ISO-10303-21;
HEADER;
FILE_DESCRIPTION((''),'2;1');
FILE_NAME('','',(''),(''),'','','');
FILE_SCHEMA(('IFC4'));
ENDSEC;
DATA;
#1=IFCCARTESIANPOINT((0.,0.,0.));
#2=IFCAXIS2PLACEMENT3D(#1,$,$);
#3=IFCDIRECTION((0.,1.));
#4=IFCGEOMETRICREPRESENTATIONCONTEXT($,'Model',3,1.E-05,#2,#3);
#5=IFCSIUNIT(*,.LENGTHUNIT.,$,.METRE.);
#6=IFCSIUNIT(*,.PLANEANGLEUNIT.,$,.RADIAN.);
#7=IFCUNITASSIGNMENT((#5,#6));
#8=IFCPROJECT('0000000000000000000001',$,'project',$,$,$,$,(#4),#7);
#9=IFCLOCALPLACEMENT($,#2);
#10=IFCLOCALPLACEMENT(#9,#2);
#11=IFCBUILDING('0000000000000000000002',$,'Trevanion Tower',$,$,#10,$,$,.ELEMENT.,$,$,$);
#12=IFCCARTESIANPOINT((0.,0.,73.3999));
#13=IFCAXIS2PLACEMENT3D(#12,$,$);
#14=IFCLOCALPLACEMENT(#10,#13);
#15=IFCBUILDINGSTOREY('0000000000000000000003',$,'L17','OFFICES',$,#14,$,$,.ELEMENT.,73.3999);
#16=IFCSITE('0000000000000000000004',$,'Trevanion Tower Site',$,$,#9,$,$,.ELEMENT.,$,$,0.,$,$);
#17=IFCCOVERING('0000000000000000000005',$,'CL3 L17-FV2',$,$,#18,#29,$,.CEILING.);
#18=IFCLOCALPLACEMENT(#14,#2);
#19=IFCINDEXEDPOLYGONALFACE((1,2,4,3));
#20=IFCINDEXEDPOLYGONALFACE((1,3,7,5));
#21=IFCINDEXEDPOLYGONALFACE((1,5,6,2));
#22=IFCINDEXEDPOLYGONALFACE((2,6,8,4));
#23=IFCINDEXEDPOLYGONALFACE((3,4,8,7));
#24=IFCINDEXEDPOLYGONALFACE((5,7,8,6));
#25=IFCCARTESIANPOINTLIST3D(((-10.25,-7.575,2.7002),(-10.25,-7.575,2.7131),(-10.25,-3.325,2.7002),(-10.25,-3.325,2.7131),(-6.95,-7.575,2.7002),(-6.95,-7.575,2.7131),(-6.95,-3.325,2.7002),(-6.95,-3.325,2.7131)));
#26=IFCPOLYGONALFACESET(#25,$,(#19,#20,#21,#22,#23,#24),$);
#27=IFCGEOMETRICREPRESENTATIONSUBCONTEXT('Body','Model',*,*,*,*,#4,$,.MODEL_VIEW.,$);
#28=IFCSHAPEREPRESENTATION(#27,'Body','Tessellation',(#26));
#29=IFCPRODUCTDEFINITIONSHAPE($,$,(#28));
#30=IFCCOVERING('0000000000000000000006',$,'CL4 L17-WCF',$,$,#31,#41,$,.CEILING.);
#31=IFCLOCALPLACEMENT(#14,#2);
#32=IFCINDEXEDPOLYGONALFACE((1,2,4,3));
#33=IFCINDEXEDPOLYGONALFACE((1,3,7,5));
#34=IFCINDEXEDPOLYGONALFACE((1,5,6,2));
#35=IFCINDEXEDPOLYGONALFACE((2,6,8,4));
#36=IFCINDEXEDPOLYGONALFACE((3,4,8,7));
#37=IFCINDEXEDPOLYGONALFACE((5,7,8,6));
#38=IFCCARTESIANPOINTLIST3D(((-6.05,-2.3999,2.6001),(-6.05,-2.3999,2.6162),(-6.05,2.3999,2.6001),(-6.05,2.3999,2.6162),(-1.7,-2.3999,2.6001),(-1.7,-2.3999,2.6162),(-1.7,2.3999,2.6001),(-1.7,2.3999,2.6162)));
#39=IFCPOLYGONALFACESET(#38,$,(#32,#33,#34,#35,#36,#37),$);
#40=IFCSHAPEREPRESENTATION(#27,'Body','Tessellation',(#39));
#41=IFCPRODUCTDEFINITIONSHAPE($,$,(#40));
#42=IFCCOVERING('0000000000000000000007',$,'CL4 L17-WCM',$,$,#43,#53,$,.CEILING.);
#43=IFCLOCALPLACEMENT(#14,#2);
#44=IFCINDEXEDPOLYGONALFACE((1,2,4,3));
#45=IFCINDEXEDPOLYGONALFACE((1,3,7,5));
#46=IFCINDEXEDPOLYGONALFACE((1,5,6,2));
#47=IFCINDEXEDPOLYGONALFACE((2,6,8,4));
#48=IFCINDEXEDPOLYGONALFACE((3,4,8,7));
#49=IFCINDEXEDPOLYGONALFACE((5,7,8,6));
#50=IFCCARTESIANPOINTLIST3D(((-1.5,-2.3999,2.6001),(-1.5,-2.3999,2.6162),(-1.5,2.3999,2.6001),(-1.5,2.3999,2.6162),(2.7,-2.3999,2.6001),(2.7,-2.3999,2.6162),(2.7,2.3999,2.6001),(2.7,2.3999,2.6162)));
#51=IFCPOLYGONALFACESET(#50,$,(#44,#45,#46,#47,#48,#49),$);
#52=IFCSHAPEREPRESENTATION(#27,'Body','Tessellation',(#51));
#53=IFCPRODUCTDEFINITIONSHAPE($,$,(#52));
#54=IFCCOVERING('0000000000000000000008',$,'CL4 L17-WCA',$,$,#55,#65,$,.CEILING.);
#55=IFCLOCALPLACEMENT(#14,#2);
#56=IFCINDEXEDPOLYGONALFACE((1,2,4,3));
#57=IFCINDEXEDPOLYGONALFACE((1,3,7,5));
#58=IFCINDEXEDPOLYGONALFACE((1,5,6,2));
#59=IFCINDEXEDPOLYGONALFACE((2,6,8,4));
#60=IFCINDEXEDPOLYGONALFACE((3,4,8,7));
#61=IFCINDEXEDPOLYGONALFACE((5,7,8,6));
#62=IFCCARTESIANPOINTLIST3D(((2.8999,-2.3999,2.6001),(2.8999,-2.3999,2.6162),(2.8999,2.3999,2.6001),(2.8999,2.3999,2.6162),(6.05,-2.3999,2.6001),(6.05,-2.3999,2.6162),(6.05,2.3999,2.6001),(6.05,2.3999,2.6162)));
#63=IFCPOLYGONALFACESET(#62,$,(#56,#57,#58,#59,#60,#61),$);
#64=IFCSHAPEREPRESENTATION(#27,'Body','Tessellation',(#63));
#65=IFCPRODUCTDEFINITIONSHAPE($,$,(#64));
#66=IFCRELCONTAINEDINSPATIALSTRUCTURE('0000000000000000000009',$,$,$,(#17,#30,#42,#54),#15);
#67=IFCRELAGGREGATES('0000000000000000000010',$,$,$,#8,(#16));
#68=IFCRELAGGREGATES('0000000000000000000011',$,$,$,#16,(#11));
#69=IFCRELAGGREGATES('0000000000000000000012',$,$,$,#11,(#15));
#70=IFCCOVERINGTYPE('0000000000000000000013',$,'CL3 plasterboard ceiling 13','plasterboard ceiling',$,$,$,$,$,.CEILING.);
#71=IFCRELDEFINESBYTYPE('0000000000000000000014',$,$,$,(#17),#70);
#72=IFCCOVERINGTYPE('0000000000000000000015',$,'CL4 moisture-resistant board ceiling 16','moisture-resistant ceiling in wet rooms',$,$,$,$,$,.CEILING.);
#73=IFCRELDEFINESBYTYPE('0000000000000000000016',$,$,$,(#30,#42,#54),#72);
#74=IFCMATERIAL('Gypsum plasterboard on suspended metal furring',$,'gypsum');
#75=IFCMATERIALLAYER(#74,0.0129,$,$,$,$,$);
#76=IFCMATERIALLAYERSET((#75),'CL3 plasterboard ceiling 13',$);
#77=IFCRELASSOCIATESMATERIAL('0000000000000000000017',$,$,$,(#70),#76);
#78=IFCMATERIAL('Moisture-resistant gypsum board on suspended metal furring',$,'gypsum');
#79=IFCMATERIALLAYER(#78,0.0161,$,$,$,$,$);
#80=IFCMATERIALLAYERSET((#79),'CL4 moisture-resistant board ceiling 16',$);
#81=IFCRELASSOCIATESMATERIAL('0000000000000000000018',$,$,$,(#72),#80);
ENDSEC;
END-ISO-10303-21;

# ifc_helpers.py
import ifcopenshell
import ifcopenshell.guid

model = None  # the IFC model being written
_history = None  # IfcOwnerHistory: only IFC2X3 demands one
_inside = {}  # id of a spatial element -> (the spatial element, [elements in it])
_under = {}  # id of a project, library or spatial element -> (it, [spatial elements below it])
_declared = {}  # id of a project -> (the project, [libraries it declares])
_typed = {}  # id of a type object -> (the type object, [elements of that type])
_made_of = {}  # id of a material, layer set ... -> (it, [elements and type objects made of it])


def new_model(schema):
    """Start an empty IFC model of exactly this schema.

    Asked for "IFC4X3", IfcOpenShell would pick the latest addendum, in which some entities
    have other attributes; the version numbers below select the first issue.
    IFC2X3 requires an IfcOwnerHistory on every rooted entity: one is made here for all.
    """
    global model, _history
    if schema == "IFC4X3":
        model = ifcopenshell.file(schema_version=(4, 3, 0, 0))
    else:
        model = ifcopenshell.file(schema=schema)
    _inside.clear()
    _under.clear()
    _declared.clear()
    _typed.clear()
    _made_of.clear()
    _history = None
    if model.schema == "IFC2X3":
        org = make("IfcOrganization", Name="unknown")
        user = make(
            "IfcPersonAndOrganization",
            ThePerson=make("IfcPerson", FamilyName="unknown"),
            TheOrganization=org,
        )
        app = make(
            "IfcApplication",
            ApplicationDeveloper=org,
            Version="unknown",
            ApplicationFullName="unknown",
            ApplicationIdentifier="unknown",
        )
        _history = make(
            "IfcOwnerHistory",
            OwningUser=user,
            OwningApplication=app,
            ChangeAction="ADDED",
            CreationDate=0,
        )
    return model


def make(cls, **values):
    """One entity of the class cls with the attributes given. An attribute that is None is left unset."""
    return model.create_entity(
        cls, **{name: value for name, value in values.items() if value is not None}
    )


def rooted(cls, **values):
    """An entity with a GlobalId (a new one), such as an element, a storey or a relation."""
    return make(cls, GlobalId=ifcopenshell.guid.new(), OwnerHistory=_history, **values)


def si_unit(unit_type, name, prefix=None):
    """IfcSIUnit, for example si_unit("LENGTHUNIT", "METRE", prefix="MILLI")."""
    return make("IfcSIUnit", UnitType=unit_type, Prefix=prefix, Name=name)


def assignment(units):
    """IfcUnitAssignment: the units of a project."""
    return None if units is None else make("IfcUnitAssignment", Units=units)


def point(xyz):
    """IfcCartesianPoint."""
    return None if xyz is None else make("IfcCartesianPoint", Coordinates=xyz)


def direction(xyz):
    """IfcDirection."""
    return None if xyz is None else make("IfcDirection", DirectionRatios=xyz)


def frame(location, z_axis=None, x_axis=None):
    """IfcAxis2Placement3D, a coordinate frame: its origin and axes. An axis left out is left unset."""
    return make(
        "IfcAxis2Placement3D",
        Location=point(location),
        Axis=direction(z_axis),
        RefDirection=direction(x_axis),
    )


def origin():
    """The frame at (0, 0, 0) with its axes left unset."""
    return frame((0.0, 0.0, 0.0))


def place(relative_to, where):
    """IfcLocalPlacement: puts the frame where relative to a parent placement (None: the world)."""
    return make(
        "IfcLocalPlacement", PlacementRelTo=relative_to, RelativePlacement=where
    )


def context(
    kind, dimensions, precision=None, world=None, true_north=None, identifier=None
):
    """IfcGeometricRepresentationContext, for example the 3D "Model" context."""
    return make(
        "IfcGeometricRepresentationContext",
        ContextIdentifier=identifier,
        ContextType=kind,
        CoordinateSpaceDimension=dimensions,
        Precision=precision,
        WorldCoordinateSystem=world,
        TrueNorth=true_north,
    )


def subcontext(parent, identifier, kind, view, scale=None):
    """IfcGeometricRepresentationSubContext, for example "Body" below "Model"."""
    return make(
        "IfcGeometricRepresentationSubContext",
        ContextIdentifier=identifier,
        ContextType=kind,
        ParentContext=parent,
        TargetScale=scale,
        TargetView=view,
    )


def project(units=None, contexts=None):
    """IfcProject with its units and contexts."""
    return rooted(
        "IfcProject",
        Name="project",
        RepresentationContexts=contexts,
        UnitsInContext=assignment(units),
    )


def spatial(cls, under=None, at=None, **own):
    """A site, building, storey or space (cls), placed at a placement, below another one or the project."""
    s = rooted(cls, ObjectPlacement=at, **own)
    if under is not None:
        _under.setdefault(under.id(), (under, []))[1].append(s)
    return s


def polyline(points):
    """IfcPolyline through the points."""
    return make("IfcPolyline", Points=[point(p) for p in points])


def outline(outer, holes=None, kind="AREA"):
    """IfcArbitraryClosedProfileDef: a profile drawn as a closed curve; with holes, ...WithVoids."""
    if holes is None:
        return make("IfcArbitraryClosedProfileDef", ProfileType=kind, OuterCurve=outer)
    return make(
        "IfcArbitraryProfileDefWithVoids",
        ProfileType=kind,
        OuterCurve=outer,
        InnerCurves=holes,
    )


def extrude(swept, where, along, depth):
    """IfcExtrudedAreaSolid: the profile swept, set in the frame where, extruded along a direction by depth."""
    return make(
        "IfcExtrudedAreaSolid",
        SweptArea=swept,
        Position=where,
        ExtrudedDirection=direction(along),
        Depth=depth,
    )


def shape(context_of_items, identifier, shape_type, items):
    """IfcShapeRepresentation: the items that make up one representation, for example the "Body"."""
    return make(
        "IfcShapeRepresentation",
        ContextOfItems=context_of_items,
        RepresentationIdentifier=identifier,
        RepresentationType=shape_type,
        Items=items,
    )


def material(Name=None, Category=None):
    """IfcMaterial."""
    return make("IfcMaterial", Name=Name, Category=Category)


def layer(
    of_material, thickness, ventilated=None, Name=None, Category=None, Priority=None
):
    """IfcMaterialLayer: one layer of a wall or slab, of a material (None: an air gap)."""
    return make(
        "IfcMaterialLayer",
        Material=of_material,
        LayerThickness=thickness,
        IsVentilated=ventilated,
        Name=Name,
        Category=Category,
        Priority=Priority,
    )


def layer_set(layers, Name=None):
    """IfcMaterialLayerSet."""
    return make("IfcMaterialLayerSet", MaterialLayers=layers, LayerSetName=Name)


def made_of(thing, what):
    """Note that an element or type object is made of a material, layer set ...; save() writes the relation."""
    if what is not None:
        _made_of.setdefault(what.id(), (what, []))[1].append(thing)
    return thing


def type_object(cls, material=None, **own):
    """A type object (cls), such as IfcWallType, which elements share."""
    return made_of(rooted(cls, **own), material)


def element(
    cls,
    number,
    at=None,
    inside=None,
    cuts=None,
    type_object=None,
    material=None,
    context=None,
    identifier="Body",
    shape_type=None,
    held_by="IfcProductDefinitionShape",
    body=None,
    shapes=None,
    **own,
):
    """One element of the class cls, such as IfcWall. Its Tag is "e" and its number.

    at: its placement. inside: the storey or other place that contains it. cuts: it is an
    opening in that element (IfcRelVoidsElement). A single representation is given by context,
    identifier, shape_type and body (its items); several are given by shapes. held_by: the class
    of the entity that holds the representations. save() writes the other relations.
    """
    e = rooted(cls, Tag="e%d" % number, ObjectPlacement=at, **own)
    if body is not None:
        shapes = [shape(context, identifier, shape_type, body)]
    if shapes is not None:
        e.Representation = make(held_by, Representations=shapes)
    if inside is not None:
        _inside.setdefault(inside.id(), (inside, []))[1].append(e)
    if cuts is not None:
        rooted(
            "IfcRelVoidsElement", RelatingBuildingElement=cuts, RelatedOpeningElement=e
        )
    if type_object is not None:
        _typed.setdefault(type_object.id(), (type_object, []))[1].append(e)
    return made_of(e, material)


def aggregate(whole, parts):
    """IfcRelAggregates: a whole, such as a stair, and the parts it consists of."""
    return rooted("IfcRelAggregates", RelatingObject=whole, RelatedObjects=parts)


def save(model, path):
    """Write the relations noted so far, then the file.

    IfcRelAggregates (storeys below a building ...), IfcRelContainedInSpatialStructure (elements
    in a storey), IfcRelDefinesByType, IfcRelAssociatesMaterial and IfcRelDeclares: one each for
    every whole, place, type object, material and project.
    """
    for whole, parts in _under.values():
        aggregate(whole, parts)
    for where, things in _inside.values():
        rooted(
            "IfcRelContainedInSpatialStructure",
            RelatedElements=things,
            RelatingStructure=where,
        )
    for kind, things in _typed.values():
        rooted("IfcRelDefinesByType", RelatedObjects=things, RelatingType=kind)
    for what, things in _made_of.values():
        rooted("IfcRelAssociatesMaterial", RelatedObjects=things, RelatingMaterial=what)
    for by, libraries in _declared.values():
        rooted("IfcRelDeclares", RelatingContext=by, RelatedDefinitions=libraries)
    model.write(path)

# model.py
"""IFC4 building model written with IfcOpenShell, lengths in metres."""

from ifc_helpers import new_model, si_unit, direction, frame, origin, place, context, subcontext, project, spatial, polyline, outline, extrude, material, layer, layer_set, type_object, element, save


model = new_model("IFC4")

# Units and contexts
model_context = context("Model", 3, precision=1e-05, world=origin(), true_north=direction((0.0, 1.0)))
body_context = subcontext(model_context, "Body", "Model", "MODEL_VIEW")
ifc_project = project(units=[si_unit("LENGTHUNIT", "METRE"), si_unit("PLANEANGLEUNIT", "RADIAN")], contexts=[model_context])

# Site, building, storey
site_placement = place(None, origin())
site = spatial("IfcSite", under=ifc_project, at=site_placement, Name="Trevanion Tower Site", CompositionType="ELEMENT", RefElevation=0.0)
building_placement = place(site_placement, origin())
building = spatial("IfcBuilding", under=site, at=building_placement, Name="Trevanion Tower", CompositionType="ELEMENT")
storey_placement = place(building_placement, frame((0.0, 0.0, 73.3999)))
storey = spatial("IfcBuildingStorey", under=building, at=storey_placement, Name="L17", Description="OFFICES", CompositionType="ELEMENT", Elevation=73.3999)

# Coverings
ifc_material_1 = material(Name="Gypsum plasterboard on suspended metal furring", Category="gypsum")
ifc_layer_1 = layer(ifc_material_1, 0.0129)
ifc_layer_set_1 = layer_set([ifc_layer_1], Name="CL3 plasterboard ceiling 13")
covering_type_1 = type_object("IfcCoveringType", Name="CL3 plasterboard ceiling 13", Description="plasterboard ceiling", PredefinedType="CEILING", material=ifc_layer_set_1)
covering_1_placement = place(storey_placement, frame((0.0, 0.0, 2.7002)))
element("IfcCovering", 1, at=covering_1_placement, inside=storey, type_object=covering_type_1, Name="CL3 L17-FV2", PredefinedType="CEILING", context=body_context, shape_type="SweptSolid", body=[
    extrude(outline(polyline([(-10.25, -3.325), (-10.25, -7.575), (-6.95, -7.575), (-6.95, -3.325), (-10.25, -3.325)])), origin(), (0.0, 0.0, 1.0), 0.0129),
])
ifc_material_2 = material(Name="Moisture-resistant gypsum board on suspended metal furring", Category="gypsum")
ifc_layer_2 = layer(ifc_material_2, 0.0161)
ifc_layer_set_2 = layer_set([ifc_layer_2], Name="CL4 moisture-resistant board ceiling 16")
covering_type_2 = type_object("IfcCoveringType", Name="CL4 moisture-resistant board ceiling 16", Description="moisture-resistant ceiling in wet rooms", PredefinedType="CEILING", material=ifc_layer_set_2)
covering_2_placement = place(storey_placement, frame((0.0, 0.0, 2.6001)))
element("IfcCovering", 2, at=covering_2_placement, inside=storey, type_object=covering_type_2, Name="CL4 L17-WCF", PredefinedType="CEILING", context=body_context, shape_type="SweptSolid", body=[
    extrude(outline(polyline([(-1.7, -2.3999), (-1.7, 2.3999), (-6.05, 2.3999), (-6.05, -2.3999), (-1.7, -2.3999)])), origin(), (0.0, 0.0, 1.0), 0.0161),
])
covering_3_placement = place(storey_placement, frame((0.0, 0.0, 2.6001)))
element("IfcCovering", 3, at=covering_3_placement, inside=storey, type_object=covering_type_2, Name="CL4 L17-WCM", PredefinedType="CEILING", context=body_context, shape_type="SweptSolid", body=[
    extrude(outline(polyline([(2.7, -2.3999), (2.7, 2.3999), (-1.5, 2.3999), (-1.5, -2.3999), (2.7, -2.3999)])), origin(), (0.0, 0.0, 1.0), 0.0161),
])
covering_4_placement = place(storey_placement, frame((0.0, 0.0, 2.6001)))
element("IfcCovering", 4, at=covering_4_placement, inside=storey, type_object=covering_type_2, Name="CL4 L17-WCA", PredefinedType="CEILING", context=body_context, shape_type="SweptSolid", body=[
    extrude(outline(polyline([(6.05, -2.3999), (6.05, 2.3999), (2.8999, 2.3999), (2.8999, -2.3999), (6.05, -2.3999)])), origin(), (0.0, 0.0, 1.0), 0.0161),
])

save(model, "model.ifc")
